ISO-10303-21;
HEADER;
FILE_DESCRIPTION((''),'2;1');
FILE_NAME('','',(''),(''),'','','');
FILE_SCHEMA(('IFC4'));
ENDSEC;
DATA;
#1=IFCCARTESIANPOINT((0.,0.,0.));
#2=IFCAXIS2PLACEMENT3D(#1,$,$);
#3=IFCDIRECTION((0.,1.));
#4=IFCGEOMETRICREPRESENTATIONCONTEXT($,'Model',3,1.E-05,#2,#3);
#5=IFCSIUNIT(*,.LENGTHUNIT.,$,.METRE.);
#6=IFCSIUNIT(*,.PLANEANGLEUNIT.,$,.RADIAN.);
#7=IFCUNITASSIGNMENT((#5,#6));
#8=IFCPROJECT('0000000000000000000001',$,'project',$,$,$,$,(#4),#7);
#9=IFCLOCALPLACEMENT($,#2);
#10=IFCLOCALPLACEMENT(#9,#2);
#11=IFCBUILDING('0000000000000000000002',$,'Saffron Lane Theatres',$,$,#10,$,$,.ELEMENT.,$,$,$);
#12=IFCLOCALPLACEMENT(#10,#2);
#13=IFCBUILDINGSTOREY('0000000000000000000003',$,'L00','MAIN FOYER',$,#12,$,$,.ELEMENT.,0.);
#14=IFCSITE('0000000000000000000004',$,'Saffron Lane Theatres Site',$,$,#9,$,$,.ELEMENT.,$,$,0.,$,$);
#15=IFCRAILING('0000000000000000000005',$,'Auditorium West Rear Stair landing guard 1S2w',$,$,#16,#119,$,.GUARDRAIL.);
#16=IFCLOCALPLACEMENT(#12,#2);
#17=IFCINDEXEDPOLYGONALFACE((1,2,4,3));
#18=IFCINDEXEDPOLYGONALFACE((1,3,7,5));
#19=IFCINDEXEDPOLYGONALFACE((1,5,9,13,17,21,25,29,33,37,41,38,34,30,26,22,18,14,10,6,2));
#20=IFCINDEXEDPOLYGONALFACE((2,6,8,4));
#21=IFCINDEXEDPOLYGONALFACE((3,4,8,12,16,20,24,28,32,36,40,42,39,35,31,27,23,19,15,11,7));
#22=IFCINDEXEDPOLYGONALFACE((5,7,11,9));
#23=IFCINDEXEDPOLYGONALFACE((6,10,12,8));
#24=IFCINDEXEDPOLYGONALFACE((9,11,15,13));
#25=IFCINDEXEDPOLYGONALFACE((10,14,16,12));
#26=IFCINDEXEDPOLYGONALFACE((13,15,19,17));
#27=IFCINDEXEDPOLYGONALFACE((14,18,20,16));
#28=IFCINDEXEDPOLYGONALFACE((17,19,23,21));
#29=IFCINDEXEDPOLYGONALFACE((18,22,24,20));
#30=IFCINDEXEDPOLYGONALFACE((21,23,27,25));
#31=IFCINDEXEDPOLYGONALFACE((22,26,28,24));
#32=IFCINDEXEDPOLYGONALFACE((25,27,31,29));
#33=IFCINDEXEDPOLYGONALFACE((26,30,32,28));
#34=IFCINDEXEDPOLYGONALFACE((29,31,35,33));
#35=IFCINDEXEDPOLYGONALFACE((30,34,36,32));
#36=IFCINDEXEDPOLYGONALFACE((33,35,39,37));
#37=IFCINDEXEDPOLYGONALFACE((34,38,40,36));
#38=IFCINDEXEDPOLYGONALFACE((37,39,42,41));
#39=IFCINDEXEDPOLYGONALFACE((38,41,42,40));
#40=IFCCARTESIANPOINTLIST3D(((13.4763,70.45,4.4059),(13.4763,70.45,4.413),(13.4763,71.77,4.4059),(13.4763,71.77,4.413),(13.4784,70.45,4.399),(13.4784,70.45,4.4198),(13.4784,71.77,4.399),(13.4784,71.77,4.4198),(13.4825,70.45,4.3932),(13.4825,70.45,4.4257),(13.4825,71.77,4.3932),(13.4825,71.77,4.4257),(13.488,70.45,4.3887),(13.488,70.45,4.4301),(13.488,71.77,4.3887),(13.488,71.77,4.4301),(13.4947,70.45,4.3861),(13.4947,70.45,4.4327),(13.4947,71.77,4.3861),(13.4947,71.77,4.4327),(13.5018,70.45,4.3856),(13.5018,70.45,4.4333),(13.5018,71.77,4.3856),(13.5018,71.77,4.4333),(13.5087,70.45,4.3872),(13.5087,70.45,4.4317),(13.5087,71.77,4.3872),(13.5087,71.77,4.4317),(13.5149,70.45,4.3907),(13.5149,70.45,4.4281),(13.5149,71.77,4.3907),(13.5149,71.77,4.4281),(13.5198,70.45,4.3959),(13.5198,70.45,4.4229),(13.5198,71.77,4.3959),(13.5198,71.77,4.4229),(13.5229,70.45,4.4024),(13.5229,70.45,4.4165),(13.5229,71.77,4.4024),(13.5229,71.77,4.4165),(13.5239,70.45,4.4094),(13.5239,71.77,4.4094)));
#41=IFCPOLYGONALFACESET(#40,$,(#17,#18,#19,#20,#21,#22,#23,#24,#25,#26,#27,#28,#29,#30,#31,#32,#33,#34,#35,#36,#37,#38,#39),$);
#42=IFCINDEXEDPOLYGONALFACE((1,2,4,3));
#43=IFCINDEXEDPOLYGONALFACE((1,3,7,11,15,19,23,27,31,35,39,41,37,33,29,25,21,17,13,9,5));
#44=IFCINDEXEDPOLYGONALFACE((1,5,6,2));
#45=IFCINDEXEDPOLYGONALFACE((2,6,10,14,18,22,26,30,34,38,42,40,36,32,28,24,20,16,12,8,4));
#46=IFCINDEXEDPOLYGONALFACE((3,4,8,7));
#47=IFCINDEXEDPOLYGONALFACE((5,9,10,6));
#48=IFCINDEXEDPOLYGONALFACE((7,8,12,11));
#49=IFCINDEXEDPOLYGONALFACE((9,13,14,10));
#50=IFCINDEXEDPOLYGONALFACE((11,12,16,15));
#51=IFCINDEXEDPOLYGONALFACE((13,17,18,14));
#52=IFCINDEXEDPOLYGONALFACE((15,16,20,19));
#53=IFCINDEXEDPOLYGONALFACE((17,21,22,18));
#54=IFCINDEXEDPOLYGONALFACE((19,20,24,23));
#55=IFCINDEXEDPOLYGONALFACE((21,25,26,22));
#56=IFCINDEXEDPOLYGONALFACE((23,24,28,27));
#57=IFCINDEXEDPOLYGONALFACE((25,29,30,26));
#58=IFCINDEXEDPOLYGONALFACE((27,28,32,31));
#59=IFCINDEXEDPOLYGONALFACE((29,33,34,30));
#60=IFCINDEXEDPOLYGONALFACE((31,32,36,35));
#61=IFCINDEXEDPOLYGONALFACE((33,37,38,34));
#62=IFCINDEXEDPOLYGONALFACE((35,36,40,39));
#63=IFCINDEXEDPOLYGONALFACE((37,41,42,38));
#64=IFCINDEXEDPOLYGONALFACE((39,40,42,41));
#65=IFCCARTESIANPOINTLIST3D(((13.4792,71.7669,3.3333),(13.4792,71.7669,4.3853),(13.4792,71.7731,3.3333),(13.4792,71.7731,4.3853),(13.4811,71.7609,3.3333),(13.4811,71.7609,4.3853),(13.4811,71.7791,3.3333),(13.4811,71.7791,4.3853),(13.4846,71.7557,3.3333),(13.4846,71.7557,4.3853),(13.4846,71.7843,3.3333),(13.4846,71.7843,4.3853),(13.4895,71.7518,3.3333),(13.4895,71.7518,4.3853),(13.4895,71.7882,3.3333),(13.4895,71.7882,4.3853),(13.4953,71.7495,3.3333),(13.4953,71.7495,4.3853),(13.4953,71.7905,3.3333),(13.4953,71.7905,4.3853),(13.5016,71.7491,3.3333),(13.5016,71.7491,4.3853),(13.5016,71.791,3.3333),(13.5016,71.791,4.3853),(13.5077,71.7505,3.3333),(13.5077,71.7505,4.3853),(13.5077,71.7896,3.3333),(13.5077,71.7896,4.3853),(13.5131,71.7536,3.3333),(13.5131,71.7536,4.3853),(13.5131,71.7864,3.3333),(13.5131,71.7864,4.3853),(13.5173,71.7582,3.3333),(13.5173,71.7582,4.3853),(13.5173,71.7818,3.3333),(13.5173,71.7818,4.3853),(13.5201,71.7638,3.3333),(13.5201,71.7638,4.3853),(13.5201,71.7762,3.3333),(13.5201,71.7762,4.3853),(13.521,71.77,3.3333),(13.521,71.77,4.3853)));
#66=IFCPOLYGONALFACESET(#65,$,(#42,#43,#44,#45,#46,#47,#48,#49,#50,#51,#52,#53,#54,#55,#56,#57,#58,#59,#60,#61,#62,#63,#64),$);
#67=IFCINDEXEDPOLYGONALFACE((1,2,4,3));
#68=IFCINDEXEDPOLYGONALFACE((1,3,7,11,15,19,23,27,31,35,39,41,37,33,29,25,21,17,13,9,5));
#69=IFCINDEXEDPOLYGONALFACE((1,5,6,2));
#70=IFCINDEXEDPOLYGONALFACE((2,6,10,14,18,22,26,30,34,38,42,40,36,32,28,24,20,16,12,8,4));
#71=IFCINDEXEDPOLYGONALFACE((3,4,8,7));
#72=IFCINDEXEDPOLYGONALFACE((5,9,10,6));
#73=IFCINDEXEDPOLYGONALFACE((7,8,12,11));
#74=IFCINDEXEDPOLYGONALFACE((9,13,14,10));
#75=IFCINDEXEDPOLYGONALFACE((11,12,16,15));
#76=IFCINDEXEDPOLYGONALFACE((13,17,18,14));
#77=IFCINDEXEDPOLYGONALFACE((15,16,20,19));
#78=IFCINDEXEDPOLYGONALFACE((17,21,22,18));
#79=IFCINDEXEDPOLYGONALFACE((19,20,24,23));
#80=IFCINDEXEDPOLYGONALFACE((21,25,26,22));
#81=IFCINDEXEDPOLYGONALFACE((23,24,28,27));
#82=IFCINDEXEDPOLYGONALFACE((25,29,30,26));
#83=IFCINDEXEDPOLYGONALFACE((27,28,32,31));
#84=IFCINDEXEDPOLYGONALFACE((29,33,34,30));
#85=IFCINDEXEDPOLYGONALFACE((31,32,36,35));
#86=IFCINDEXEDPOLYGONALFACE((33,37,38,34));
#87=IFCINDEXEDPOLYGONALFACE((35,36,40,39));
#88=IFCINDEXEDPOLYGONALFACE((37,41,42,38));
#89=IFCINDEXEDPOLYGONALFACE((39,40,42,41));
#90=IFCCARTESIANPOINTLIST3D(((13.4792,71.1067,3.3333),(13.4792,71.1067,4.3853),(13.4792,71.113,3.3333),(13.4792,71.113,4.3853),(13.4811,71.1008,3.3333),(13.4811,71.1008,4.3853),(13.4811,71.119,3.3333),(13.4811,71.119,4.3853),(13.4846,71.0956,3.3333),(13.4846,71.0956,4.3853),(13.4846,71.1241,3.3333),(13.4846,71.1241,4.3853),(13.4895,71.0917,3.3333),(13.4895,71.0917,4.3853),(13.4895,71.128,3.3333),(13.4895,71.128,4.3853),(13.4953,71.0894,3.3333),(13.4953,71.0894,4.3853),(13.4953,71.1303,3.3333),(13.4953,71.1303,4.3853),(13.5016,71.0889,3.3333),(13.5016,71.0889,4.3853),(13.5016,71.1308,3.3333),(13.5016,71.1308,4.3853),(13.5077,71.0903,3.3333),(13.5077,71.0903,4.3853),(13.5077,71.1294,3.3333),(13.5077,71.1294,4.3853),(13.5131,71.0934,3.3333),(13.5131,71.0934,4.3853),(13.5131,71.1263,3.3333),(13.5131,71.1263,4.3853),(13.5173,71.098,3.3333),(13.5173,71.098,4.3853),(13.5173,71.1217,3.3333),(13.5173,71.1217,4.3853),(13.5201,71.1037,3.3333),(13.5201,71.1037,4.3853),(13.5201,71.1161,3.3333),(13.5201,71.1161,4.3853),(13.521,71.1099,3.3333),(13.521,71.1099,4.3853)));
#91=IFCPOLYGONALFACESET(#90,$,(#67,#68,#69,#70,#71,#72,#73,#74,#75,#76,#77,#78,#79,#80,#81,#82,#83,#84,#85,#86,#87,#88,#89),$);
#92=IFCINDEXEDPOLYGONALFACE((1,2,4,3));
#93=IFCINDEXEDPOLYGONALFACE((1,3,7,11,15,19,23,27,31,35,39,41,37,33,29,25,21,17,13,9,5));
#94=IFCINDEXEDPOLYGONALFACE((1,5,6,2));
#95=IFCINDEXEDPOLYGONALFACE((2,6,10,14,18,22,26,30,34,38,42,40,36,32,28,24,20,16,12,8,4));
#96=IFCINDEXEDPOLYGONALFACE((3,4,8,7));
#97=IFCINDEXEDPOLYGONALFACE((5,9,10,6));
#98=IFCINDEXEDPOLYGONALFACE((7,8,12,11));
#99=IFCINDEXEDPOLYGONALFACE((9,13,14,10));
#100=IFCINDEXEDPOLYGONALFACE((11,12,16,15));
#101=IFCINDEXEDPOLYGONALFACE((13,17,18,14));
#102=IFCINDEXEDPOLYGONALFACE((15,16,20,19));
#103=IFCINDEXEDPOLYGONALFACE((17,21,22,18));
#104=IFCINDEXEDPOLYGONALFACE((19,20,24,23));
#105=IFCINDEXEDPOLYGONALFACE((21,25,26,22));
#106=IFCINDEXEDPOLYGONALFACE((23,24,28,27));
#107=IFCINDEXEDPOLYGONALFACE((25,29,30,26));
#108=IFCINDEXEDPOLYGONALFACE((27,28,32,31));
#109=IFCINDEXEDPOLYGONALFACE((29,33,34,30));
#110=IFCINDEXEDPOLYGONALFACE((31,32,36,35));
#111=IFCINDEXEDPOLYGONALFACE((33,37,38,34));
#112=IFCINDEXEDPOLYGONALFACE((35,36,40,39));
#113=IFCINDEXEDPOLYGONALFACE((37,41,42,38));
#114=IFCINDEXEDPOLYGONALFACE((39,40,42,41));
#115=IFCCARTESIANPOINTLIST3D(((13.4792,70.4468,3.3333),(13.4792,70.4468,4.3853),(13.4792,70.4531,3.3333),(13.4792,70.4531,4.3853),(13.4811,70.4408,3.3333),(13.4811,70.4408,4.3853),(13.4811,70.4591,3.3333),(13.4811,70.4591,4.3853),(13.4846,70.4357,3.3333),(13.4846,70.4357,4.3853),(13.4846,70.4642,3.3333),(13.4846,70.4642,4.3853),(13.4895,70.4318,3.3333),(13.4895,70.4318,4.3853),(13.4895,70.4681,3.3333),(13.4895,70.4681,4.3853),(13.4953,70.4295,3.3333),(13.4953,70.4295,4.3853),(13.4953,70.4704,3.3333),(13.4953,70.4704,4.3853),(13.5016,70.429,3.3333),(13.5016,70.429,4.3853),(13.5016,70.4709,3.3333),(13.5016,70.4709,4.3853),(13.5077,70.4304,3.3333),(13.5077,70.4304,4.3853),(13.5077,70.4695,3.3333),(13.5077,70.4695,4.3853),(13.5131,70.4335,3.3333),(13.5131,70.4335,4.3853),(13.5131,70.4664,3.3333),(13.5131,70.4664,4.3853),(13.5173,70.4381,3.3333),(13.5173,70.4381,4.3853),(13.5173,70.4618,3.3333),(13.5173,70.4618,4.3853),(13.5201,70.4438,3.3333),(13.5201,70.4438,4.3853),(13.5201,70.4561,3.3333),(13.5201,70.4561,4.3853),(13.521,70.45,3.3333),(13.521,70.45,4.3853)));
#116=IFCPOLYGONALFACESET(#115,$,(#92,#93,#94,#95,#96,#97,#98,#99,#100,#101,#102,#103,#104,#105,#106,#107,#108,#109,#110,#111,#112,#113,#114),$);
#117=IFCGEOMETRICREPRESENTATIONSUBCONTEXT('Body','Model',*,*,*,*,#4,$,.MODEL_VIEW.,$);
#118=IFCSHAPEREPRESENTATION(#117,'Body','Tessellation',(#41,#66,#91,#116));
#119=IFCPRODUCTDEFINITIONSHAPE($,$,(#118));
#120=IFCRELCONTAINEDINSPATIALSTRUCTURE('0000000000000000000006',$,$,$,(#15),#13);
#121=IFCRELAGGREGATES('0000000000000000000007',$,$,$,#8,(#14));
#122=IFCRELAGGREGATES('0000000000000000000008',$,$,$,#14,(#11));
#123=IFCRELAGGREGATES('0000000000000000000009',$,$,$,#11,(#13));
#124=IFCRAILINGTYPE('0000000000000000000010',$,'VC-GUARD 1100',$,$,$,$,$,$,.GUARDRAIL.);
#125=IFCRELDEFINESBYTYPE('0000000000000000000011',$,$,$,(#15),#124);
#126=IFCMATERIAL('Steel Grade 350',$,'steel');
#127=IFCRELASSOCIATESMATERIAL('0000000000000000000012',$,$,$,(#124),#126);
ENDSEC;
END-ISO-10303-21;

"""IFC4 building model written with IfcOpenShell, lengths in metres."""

from ifc_helpers import new_model, si_unit, direction, frame, origin, origin_2d, place, context, subcontext, project, spatial, circle, extrude, material, type_object, element, save


model = new_model("IFC4")

# Units and contexts
model_context = context("Model", 3, precision=1e-05, world=origin(), true_north=direction((0.0, 1.0)))
body_context = subcontext(model_context, "Body", "Model", "MODEL_VIEW")
ifc_project = project(units=[si_unit("LENGTHUNIT", "METRE"), si_unit("PLANEANGLEUNIT", "RADIAN")], contexts=[model_context])

# Site, building, storey
site_placement = place(None, origin())
site = spatial("IfcSite", under=ifc_project, at=site_placement, Name="Saffron Lane Theatres Site", CompositionType="ELEMENT", RefElevation=0.0)
building_placement = place(site_placement, origin())
building = spatial("IfcBuilding", under=site, at=building_placement, Name="Saffron Lane Theatres", CompositionType="ELEMENT")
storey_placement = place(building_placement, origin())
storey = spatial("IfcBuildingStorey", under=building, at=storey_placement, Name="L00", Description="MAIN FOYER", CompositionType="ELEMENT", Elevation=0.0)

# Railing
ifc_material_1 = material(Name="Steel Grade 350", Category="steel")
railing_type_1 = type_object("IfcRailingType", Name="VC-GUARD 1100", PredefinedType="GUARDRAIL", material=ifc_material_1)
railing_1_placement = place(storey_placement, frame((13.5, 71.77, 3.3333)))
element("IfcRailing", 1, at=railing_1_placement, inside=storey, type_object=railing_type_1, Name="Auditorium West Rear Stair landing guard 1S2w", PredefinedType="GUARDRAIL", context=body_context, shape_type="SweptSolid", body=[
    extrude(circle(Radius=0.0239, at=origin_2d()), frame((0.0, 0.0, 1.0762), z_axis=(0.0, -1.0, 0.0), x_axis=(1.0, 0.0, 0.0)), (0.0, 0.0, 1.0), 1.3201),
    extrude(circle(Radius=0.021, at=origin_2d()), origin(), (0.0, 0.0, 1.0), 1.052),
    extrude(circle(Radius=0.021, at=origin_2d()), frame((0.0, -0.6602, 0.0)), (0.0, 0.0, 1.0), 1.052),
    extrude(circle(Radius=0.021, at=origin_2d()), frame((0.0, -1.3201, 0.0)), (0.0, 0.0, 1.0), 1.052),
])

save(model, "model.ifc")
